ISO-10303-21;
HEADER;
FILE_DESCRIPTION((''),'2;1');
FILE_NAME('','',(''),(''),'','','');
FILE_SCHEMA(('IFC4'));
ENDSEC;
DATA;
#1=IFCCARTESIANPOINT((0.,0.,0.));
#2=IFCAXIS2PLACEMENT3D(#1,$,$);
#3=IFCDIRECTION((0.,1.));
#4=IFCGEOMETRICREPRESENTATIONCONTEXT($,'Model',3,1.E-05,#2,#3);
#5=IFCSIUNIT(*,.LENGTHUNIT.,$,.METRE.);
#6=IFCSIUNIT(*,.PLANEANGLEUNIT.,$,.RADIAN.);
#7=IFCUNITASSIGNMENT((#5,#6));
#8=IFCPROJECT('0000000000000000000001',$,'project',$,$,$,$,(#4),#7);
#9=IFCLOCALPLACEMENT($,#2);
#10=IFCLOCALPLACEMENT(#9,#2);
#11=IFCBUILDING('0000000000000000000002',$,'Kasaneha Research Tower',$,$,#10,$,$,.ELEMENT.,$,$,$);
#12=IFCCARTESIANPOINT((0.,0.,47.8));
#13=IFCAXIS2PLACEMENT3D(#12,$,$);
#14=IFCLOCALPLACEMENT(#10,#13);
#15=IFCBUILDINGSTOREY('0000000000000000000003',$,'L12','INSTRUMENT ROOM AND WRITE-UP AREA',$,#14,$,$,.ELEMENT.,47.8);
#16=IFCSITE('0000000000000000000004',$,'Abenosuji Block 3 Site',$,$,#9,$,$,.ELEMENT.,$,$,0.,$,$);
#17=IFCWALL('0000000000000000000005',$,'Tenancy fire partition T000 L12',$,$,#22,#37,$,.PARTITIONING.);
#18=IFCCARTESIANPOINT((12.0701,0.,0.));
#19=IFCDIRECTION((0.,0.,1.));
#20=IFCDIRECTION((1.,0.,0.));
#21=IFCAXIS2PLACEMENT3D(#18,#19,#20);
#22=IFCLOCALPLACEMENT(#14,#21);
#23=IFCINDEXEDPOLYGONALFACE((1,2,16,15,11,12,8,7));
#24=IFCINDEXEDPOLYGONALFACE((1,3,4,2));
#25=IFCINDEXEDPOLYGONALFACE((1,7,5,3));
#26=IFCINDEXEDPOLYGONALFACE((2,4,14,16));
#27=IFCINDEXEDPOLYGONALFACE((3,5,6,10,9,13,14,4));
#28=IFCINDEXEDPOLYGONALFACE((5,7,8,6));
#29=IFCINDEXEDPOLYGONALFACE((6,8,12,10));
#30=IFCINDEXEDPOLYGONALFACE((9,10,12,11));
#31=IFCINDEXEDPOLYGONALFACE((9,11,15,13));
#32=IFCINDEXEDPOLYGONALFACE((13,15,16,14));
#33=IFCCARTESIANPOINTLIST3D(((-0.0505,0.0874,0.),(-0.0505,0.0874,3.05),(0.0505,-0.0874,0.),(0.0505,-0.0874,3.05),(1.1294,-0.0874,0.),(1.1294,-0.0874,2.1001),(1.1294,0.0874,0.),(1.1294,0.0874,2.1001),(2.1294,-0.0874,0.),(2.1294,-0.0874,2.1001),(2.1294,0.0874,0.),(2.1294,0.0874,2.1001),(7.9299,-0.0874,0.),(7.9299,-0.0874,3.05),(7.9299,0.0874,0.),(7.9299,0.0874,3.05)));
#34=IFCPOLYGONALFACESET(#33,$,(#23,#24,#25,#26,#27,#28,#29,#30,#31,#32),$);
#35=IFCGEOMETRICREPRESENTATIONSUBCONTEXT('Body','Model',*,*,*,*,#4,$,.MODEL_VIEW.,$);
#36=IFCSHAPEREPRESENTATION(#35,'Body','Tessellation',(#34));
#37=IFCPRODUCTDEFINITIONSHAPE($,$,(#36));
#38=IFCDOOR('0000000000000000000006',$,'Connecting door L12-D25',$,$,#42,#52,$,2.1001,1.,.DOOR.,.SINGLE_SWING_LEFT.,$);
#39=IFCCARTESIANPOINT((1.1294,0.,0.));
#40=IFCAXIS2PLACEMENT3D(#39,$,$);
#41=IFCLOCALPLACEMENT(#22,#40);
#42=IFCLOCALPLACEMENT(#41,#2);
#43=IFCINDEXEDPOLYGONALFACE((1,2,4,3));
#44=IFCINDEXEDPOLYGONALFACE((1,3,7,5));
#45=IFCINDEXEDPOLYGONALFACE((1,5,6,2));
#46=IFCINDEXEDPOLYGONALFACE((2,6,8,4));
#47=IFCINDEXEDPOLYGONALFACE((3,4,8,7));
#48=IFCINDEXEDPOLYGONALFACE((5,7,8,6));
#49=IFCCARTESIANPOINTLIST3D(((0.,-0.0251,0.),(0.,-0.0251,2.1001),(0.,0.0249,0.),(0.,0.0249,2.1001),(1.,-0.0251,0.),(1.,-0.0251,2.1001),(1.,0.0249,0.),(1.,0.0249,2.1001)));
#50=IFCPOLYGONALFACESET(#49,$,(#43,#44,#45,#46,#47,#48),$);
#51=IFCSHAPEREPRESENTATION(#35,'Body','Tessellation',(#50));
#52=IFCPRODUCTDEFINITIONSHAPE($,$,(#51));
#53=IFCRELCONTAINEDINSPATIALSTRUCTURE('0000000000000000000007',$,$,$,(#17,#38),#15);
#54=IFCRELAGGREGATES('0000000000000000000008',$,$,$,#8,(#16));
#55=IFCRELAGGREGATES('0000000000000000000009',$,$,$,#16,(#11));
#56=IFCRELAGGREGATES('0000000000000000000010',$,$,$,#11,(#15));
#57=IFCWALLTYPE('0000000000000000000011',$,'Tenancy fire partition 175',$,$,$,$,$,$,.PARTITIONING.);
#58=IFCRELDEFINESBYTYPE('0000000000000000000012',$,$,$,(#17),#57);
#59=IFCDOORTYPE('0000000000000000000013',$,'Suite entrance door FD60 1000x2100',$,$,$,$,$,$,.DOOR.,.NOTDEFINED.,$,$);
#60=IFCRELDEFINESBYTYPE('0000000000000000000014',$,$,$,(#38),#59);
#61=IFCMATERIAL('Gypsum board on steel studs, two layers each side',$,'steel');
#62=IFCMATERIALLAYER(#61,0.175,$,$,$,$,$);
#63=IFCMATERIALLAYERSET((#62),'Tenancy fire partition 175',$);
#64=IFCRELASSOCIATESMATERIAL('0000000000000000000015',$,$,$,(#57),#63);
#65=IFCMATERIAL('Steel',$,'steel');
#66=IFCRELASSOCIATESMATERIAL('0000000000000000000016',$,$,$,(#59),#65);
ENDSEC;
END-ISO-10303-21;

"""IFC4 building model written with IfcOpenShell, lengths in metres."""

from ifc_helpers import new_model, si_unit, direction, frame, frame_2d, origin, place, context, subcontext, project, spatial, polyline, rectangle, outline, extrude, material, layer, layer_set, type_object, element, fill, save


model = new_model("IFC4")

# Units and contexts
model_context = context("Model", 3, precision=1e-05, world=origin(), true_north=direction((0.0, 1.0)))
body_context = subcontext(model_context, "Body", "Model", "MODEL_VIEW")
ifc_project = project(units=[si_unit("LENGTHUNIT", "METRE"), si_unit("PLANEANGLEUNIT", "RADIAN")], contexts=[model_context])

# Site, building, storey
site_placement = place(None, origin())
site = spatial("IfcSite", under=ifc_project, at=site_placement, Name="Abenosuji Block 3 Site", CompositionType="ELEMENT", RefElevation=0.0)
building_placement = place(site_placement, origin())
building = spatial("IfcBuilding", under=site, at=building_placement, Name="Kasaneha Research Tower", CompositionType="ELEMENT")
storey_placement = place(building_placement, frame((0.0, 0.0, 47.8)))
storey = spatial("IfcBuildingStorey", under=building, at=storey_placement, Name="L12", Description="INSTRUMENT ROOM AND WRITE-UP AREA", CompositionType="ELEMENT", Elevation=47.8)

# Wall, opening, door
ifc_material_1 = material(Name="Gypsum board on steel studs, two layers each side", Category="steel")
ifc_layer_1 = layer(ifc_material_1, 0.175)
ifc_layer_set_1 = layer_set([ifc_layer_1], Name="Tenancy fire partition 175")
wall_type_1 = type_object("IfcWallType", Name="Tenancy fire partition 175", PredefinedType="PARTITIONING", material=ifc_layer_set_1)
wall_1_placement = place(storey_placement, frame((12.0701, 0.0, 0.0), z_axis=(0.0, 0.0, 1.0), x_axis=(1.0, 0.0, 0.0)))
wall_1 = element("IfcWall", 1, at=wall_1_placement, inside=storey, type_object=wall_type_1, Name="Tenancy fire partition T000 L12", PredefinedType="PARTITIONING", context=body_context, shape_type="SweptSolid", body=[
    extrude(outline(polyline([(0.0505, -0.0874), (1.1294, -0.0874), (2.1294, -0.0874), (7.9299, -0.0874), (7.9299, 0.0874), (2.1294, 0.0874), (1.1294, 0.0874), (-0.0505, 0.0874), (0.0505, -0.0874)])), origin(), (0.0, 0.0, 1.0), 3.05),
])
opening_1_placement = place(wall_1_placement, frame((1.1294, 0.0, 0.0)))
opening_1 = element("IfcOpeningElement", 2, at=opening_1_placement, cuts=wall_1, PredefinedType="OPENING", context=body_context, shape_type="SweptSolid", body=[
    extrude(rectangle(XDim=1.0, YDim=2.1001, at=frame_2d((0.5, 1.05))), frame((0.0, 0.0977, 0.0), z_axis=(0.0, -1.0, 0.0), x_axis=(1.0, 0.0, 0.0)), (0.0, 0.0, 1.0), 0.1951),
])
ifc_material_2 = material(Name="Steel", Category="steel")
door_type_1 = type_object("IfcDoorType", Name="Suite entrance door FD60 1000x2100", OperationType="NOTDEFINED", PredefinedType="DOOR", material=ifc_material_2)
door_1_placement = place(opening_1_placement, origin())
door_1 = element("IfcDoor", 3, at=door_1_placement, inside=storey, type_object=door_type_1, Name="Connecting door L12-D25", OperationType="SINGLE_SWING_LEFT", OverallHeight=2.1001, OverallWidth=1.0, PredefinedType="DOOR", context=body_context, shape_type="SweptSolid", body=[
    extrude(rectangle(XDim=1.0, YDim=2.1001, at=frame_2d((0.5, 1.05))), frame((0.0, 0.0249, 0.0), z_axis=(0.0, -1.0, 0.0), x_axis=(1.0, 0.0, 0.0)), (0.0, 0.0, 1.0), 0.05),
])
fill(opening_1, door_1)

save(model, "model.ifc")
